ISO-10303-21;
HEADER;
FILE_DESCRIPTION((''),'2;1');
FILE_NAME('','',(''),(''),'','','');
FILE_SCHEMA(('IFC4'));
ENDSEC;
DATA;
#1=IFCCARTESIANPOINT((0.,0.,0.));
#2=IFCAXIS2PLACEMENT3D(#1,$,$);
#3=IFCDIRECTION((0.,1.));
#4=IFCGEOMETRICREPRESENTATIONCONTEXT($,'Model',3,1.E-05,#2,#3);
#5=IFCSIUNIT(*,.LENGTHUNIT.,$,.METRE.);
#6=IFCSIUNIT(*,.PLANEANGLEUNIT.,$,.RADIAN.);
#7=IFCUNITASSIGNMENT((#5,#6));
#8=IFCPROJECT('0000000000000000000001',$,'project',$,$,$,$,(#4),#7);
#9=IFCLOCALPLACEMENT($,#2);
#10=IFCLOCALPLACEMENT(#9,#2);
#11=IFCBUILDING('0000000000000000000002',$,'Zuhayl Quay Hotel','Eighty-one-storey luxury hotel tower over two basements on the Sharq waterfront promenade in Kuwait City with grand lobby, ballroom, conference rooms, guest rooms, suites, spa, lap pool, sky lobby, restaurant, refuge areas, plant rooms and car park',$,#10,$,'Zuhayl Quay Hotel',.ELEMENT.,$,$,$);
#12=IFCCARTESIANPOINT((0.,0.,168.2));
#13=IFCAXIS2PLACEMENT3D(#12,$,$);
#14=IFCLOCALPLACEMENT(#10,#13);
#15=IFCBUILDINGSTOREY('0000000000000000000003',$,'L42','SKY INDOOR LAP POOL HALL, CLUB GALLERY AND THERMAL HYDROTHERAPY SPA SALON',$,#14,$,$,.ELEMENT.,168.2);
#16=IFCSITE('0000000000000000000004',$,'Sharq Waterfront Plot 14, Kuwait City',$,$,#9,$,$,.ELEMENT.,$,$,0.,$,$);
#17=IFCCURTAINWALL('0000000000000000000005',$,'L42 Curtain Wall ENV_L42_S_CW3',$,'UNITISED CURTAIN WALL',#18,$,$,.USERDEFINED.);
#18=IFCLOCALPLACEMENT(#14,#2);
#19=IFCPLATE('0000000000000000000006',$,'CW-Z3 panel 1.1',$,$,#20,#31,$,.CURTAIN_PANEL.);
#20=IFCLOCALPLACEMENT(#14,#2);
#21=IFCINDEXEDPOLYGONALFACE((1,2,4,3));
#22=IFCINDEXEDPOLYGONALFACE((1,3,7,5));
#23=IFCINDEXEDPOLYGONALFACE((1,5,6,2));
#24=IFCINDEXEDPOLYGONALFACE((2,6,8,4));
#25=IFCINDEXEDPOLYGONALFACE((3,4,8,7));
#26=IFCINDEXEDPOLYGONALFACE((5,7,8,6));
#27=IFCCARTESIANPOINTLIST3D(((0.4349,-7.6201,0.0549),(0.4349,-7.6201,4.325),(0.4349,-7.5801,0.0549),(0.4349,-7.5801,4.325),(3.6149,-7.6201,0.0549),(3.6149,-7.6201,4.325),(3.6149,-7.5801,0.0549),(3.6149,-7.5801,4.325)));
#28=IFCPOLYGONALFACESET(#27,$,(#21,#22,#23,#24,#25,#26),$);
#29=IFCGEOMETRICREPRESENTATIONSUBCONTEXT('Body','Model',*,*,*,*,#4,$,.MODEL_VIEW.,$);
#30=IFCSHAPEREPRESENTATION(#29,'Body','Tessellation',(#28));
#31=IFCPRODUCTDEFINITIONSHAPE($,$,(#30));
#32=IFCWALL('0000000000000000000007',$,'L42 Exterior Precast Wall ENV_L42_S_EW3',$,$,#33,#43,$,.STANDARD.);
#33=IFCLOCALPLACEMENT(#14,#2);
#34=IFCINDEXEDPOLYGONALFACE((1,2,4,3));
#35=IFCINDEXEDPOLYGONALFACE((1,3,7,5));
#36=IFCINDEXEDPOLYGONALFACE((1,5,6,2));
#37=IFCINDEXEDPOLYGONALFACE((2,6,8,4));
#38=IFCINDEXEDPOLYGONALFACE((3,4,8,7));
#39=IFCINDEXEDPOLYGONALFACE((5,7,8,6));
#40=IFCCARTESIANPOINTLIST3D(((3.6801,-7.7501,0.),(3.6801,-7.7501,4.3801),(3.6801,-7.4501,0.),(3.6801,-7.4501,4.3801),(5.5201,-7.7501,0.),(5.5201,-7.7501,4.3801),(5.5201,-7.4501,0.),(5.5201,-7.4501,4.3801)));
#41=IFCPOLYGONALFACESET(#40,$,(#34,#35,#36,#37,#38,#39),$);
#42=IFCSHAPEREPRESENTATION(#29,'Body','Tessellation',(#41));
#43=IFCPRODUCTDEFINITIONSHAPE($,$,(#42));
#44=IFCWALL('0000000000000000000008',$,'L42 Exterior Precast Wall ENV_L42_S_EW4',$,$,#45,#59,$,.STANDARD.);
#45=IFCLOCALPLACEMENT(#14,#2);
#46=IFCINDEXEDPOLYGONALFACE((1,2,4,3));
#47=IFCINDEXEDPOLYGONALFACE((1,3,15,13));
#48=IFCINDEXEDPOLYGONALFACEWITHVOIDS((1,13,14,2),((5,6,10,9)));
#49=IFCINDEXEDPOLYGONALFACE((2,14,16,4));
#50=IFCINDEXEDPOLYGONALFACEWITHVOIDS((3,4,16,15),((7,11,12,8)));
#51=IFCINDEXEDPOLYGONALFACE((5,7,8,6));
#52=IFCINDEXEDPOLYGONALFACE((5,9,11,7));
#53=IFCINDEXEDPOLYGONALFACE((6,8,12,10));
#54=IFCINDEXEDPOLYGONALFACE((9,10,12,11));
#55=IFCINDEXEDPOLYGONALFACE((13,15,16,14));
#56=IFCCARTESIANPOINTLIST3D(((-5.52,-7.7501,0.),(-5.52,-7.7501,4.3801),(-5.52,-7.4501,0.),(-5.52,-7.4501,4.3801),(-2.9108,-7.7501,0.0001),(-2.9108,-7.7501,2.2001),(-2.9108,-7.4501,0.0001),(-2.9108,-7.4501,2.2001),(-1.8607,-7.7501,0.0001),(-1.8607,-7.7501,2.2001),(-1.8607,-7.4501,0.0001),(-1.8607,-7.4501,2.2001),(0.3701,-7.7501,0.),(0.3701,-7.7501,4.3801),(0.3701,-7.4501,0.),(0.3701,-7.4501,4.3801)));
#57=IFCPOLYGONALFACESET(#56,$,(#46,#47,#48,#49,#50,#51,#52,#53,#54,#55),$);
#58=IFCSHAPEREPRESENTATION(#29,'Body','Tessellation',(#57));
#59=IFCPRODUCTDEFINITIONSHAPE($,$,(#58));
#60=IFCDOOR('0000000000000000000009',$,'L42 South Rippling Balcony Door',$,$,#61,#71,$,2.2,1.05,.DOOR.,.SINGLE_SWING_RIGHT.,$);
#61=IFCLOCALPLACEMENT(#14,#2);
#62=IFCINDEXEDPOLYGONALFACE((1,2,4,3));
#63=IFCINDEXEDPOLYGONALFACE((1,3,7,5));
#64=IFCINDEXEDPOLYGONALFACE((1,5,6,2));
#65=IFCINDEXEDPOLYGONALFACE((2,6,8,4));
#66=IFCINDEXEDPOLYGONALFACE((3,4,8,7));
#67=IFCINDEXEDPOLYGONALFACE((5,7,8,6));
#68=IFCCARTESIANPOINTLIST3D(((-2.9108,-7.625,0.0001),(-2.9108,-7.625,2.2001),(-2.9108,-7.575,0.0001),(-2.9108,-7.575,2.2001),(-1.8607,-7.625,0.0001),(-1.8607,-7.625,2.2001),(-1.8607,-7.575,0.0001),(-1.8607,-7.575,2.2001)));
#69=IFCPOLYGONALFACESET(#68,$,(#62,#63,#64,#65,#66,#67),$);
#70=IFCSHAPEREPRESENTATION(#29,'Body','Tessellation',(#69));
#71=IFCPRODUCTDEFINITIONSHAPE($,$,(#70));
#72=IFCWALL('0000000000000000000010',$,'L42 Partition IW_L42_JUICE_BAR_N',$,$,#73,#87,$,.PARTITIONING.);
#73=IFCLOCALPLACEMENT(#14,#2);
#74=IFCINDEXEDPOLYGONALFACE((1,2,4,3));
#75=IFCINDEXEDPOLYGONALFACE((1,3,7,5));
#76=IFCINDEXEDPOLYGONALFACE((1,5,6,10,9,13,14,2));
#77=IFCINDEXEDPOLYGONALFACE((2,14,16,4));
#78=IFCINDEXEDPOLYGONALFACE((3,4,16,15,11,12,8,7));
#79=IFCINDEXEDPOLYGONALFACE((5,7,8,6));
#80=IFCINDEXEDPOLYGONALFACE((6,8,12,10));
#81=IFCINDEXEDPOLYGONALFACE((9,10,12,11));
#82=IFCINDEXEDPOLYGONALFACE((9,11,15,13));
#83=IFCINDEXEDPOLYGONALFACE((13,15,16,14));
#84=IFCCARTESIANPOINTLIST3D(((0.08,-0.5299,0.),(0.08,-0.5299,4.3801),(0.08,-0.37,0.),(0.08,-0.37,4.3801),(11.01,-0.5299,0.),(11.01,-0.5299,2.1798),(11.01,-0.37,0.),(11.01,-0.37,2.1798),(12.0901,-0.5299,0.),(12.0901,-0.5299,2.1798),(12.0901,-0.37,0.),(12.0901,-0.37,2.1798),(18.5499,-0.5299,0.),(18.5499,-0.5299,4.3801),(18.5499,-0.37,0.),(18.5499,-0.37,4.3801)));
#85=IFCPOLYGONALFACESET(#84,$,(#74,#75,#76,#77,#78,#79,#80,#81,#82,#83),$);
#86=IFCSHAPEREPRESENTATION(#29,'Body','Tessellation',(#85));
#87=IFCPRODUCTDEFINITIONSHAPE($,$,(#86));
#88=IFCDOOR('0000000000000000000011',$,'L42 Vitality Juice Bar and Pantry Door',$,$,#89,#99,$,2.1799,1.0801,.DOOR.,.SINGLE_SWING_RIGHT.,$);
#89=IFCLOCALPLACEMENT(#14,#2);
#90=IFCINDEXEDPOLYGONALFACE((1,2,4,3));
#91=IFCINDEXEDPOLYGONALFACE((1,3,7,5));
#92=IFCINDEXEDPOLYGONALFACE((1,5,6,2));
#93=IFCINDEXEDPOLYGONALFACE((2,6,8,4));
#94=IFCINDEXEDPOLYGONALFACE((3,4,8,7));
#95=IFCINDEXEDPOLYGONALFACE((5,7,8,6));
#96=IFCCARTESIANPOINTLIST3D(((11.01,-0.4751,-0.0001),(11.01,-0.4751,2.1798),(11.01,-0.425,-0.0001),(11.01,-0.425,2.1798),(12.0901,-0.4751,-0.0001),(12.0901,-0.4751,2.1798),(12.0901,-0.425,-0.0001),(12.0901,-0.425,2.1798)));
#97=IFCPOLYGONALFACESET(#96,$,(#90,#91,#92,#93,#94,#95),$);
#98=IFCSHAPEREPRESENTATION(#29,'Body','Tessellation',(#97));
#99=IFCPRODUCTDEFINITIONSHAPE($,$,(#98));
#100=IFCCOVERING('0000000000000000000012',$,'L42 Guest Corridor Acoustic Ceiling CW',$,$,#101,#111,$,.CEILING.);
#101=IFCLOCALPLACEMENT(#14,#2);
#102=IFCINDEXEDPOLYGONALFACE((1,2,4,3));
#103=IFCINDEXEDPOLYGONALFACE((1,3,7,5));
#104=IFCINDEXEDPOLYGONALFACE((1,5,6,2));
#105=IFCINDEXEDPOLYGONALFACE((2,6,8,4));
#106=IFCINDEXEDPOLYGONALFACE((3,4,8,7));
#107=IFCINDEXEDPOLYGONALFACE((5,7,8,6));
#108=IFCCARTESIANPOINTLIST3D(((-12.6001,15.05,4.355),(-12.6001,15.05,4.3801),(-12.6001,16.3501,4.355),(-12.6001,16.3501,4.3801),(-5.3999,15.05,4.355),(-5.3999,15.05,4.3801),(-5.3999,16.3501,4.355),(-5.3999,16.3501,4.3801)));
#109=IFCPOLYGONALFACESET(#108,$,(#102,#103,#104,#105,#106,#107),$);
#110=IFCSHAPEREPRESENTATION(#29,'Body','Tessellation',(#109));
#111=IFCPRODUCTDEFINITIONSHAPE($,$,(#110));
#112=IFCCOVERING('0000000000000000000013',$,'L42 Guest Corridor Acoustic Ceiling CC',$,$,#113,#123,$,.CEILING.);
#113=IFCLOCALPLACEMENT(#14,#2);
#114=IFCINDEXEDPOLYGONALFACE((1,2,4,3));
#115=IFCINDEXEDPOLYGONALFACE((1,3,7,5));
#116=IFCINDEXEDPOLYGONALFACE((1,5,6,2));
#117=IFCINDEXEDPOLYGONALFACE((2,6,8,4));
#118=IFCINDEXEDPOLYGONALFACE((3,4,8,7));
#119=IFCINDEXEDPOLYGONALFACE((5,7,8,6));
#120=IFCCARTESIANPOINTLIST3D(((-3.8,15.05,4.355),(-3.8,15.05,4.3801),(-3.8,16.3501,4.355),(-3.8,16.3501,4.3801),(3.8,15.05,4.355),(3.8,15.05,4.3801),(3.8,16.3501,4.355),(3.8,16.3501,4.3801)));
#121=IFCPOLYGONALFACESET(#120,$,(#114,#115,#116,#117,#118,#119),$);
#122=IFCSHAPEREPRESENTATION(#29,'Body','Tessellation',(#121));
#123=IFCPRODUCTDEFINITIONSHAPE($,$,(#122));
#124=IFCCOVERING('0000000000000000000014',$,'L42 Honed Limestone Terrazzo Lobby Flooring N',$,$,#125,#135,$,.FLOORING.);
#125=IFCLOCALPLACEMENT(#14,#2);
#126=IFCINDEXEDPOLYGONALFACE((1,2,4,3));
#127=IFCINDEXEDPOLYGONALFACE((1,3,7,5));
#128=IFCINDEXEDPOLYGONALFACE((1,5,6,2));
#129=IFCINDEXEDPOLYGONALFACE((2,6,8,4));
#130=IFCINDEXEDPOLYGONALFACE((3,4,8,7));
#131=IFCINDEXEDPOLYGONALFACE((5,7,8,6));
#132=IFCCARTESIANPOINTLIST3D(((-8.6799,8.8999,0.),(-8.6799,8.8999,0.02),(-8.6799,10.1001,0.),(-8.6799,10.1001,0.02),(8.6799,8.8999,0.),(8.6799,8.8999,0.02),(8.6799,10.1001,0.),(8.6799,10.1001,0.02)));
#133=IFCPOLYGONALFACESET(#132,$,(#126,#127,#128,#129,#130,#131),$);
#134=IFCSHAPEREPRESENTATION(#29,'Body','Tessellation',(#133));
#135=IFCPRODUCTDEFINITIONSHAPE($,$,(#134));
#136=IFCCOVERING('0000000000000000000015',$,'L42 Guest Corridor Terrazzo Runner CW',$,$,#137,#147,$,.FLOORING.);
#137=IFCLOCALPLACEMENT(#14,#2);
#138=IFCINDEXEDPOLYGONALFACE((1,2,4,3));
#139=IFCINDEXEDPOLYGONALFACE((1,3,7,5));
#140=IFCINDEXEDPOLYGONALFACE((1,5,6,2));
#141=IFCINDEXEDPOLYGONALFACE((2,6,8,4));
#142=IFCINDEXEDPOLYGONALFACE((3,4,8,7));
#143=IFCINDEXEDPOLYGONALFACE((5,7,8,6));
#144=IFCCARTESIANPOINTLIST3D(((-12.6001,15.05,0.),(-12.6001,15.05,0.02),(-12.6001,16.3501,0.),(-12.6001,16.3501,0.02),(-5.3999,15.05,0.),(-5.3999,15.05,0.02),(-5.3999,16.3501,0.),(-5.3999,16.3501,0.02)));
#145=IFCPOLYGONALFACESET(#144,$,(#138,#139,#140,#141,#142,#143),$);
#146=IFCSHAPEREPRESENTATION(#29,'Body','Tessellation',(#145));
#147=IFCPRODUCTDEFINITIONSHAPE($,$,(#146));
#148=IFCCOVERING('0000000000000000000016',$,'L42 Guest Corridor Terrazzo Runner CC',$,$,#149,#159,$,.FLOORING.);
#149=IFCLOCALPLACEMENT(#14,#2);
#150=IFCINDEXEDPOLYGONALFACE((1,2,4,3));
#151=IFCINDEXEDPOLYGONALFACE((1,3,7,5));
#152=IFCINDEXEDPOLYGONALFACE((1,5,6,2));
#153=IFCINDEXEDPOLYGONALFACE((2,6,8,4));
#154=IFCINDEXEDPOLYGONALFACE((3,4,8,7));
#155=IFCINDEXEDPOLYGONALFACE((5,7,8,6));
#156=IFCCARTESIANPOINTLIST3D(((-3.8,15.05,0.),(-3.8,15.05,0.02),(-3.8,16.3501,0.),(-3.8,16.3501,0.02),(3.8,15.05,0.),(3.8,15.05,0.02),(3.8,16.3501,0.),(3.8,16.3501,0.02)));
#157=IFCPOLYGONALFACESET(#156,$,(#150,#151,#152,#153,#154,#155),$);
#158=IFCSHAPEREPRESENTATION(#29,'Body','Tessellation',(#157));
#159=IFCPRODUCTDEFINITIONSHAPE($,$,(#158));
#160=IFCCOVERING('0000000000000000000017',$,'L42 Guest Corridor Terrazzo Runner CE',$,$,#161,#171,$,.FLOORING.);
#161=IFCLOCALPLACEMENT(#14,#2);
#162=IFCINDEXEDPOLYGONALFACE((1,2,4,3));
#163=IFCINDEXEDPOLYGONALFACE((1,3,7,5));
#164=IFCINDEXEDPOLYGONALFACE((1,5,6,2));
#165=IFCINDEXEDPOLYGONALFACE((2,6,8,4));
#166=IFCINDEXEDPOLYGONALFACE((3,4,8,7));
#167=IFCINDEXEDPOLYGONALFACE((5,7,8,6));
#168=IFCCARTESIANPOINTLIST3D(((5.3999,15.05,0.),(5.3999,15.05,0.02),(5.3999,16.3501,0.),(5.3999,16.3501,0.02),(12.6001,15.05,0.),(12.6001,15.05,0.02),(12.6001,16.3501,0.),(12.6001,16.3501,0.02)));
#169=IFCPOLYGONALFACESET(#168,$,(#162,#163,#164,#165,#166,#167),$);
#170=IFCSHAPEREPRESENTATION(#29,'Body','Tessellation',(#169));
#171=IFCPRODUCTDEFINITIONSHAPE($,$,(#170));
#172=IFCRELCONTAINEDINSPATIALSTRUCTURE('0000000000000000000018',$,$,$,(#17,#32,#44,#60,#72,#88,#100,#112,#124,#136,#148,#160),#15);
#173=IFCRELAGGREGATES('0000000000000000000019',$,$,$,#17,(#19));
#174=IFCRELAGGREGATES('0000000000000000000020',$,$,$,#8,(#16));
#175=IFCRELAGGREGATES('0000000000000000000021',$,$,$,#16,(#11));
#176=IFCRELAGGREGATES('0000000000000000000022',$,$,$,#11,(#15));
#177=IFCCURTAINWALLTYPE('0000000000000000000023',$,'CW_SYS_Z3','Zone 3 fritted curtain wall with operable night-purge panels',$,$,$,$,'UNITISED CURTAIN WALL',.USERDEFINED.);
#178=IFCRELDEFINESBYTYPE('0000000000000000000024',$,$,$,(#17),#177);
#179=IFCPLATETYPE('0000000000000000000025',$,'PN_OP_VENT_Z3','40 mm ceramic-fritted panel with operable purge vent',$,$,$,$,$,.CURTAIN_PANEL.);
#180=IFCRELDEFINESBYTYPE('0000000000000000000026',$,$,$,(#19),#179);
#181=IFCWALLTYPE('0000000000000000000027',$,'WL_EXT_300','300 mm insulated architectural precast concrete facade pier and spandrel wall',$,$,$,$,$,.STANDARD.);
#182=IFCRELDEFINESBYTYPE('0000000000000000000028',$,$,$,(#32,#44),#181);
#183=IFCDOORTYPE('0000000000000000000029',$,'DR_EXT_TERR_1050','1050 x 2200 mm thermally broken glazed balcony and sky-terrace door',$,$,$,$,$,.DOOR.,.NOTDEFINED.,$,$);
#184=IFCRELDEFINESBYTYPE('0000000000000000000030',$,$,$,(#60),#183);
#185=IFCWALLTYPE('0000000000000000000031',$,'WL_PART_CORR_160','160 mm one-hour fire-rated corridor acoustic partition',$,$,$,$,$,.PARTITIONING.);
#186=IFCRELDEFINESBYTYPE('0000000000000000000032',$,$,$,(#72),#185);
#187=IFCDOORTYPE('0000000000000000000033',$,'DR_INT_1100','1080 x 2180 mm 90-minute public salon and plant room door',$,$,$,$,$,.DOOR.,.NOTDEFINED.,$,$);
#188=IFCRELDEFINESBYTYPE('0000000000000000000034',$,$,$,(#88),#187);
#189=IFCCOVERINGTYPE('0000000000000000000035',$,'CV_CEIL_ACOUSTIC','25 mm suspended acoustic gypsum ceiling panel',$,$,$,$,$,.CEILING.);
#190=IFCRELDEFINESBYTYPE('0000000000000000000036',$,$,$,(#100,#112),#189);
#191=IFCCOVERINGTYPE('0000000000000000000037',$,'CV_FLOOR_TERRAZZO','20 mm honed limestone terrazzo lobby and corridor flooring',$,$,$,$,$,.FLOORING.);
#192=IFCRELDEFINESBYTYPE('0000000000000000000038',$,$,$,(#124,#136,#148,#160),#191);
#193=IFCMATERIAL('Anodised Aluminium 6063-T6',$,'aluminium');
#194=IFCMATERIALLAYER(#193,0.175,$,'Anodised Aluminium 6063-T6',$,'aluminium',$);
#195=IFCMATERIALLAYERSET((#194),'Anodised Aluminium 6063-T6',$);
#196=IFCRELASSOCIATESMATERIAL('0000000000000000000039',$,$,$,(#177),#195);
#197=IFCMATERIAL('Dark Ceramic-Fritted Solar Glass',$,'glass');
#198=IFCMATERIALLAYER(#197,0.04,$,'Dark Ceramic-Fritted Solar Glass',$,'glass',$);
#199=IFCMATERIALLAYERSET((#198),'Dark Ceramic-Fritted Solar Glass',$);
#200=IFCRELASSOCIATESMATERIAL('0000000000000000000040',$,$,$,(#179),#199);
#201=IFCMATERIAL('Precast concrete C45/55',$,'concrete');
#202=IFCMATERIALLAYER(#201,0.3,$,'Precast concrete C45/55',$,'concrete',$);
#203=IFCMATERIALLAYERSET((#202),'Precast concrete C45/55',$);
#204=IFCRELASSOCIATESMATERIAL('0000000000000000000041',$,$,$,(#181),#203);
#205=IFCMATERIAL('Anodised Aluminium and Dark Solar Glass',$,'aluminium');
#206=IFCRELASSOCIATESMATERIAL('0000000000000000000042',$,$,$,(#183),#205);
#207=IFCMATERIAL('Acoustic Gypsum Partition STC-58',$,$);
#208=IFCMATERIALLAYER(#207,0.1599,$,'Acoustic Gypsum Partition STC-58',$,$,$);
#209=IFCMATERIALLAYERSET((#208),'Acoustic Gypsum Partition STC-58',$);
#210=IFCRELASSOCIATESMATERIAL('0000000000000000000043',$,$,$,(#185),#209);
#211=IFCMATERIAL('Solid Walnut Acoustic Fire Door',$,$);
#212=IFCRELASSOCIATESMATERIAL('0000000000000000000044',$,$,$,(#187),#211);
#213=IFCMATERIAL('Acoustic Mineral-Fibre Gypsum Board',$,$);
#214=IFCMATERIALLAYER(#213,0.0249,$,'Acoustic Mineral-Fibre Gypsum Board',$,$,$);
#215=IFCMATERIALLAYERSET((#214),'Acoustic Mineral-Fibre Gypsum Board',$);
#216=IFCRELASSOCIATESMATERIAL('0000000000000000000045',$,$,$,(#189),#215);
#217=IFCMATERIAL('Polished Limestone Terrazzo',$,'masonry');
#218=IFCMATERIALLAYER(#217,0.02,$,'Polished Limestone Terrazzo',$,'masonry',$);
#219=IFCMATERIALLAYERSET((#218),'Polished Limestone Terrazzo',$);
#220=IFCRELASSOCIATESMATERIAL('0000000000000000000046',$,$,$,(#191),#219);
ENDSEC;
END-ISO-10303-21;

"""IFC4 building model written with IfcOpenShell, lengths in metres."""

from ifc_helpers import new_model, si_unit, direction, frame, frame_2d, origin, origin_2d, place, context, subcontext, project, spatial, polyline, rectangle, outline, extrude, material, layer, layer_set, type_object, element, fill, aggregate, save


model = new_model("IFC4")

# Units and contexts
model_context = context("Model", 3, precision=1e-05, world=origin(), true_north=direction((0.0, 1.0)))
body_context = subcontext(model_context, "Body", "Model", "MODEL_VIEW")
ifc_project = project(units=[si_unit("LENGTHUNIT", "METRE"), si_unit("PLANEANGLEUNIT", "RADIAN")], contexts=[model_context])

# Site, building, storey
site_placement = place(None, origin())
site = spatial("IfcSite", under=ifc_project, at=site_placement, Name="Sharq Waterfront Plot 14, Kuwait City", CompositionType="ELEMENT", RefElevation=0.0)
building_placement = place(site_placement, origin())
building = spatial("IfcBuilding", under=site, at=building_placement, Name="Zuhayl Quay Hotel", Description="Eighty-one-storey luxury hotel tower over two basements on the Sharq waterfront promenade in Kuwait City with grand lobby, ballroom, conference rooms, guest rooms, suites, spa, lap pool, sky lobby, restaurant, refuge areas, plant rooms and car park", LongName="Zuhayl Quay Hotel", CompositionType="ELEMENT")
storey_placement = place(building_placement, frame((0.0, 0.0, 168.2)))
storey = spatial("IfcBuildingStorey", under=building, at=storey_placement, Name="L42", Description="SKY INDOOR LAP POOL HALL, CLUB GALLERY AND THERMAL HYDROTHERAPY SPA SALON", CompositionType="ELEMENT", Elevation=168.2)

# Shared definitions
ifc_material_1 = material(Name="Anodised Aluminium 6063-T6", Category="aluminium")
ifc_layer_1 = layer(ifc_material_1, 0.175, Name="Anodised Aluminium 6063-T6", Category="aluminium")
ifc_layer_set_1 = layer_set([ifc_layer_1], Name="Anodised Aluminium 6063-T6")
curtain_wall_type = type_object("IfcCurtainWallType", Name="CW_SYS_Z3", Description="Zone 3 fritted curtain wall with operable night-purge panels", ElementType="UNITISED CURTAIN WALL", PredefinedType="USERDEFINED", material=ifc_layer_set_1)

# Curtain wall
curtain_wall_1_placement = place(storey_placement, origin())
curtain_wall_1 = element("IfcCurtainWall", 1, at=curtain_wall_1_placement, inside=storey, type_object=curtain_wall_type, Name="L42 Curtain Wall ENV_L42_S_CW3", ObjectType="UNITISED CURTAIN WALL", PredefinedType="USERDEFINED")

# Plate
ifc_material_2 = material(Name="Dark Ceramic-Fritted Solar Glass", Category="glass")
ifc_layer_2 = layer(ifc_material_2, 0.04, Name="Dark Ceramic-Fritted Solar Glass", Category="glass")
ifc_layer_set_2 = layer_set([ifc_layer_2], Name="Dark Ceramic-Fritted Solar Glass")
plate_type = type_object("IfcPlateType", Name="PN_OP_VENT_Z3", Description="40 mm ceramic-fritted panel with operable purge vent", PredefinedType="CURTAIN_PANEL", material=ifc_layer_set_2)
plate_1_placement = place(storey_placement, frame((2.0249, -7.6001, 0.0549), z_axis=(0.0, 0.0, 1.0), x_axis=(-1.0, 0.0, 0.0)))
plate_1 = element("IfcPlate", 2, at=plate_1_placement, type_object=plate_type, Name="CW-Z3 panel 1.1", PredefinedType="CURTAIN_PANEL", context=body_context, shape_type="SweptSolid", body=[
    extrude(rectangle(XDim=3.1799, YDim=0.04, at=origin_2d()), origin(), (0.0, 0.0, 1.0), 4.27),
])
aggregate(curtain_wall_1, [plate_1])

# Wall
ifc_material_3 = material(Name="Precast concrete C45/55", Category="concrete")
ifc_layer_3 = layer(ifc_material_3, 0.3, Name="Precast concrete C45/55", Category="concrete")
ifc_layer_set_3 = layer_set([ifc_layer_3], Name="Precast concrete C45/55")
wall_type_1 = type_object("IfcWallType", Name="WL_EXT_300", Description="300 mm insulated architectural precast concrete facade pier and spandrel wall", PredefinedType="STANDARD", material=ifc_layer_set_3)
wall_1_placement = place(storey_placement, frame((5.52, -7.6001, 0.0), z_axis=(0.0, 0.0, 1.0), x_axis=(-1.0, 0.0, 0.0)))
element("IfcWall", 3, at=wall_1_placement, inside=storey, type_object=wall_type_1, Name="L42 Exterior Precast Wall ENV_L42_S_EW3", PredefinedType="STANDARD", context=body_context, shape_type="SweptSolid", body=[
    extrude(rectangle(XDim=1.8401, YDim=0.3, at=frame_2d((0.9199, 0.0))), origin(), (0.0, 0.0, 1.0), 4.3801),
])

# Walls, openings, doors
wall_2_placement = place(storey_placement, frame((0.3701, -7.6001, 0.0), z_axis=(0.0, 0.0, 1.0), x_axis=(-1.0, 0.0, 0.0)))
wall_2 = element("IfcWall", 4, at=wall_2_placement, inside=storey, type_object=wall_type_1, Name="L42 Exterior Precast Wall ENV_L42_S_EW4", PredefinedType="STANDARD", context=body_context, shape_type="SweptSolid", body=[
    extrude(rectangle(XDim=5.8901, YDim=0.3, at=frame_2d((2.9451, 0.0))), origin(), (0.0, 0.0, 1.0), 4.3801),
])
opening_1_placement = place(wall_2_placement, frame((2.231, 0.0, 0.0)))
opening_1 = element("IfcOpeningElement", 5, at=opening_1_placement, cuts=wall_2, PredefinedType="OPENING", context=body_context, shape_type="SweptSolid", body=[
    extrude(rectangle(XDim=1.05, YDim=2.2, at=frame_2d((0.5249, 1.1001))), frame((0.0, 0.1599, 0.0), z_axis=(0.0, -1.0, 0.0), x_axis=(1.0, 0.0, 0.0)), (0.0, 0.0, 1.0), 0.3201),
])
ifc_material_4 = material(Name="Anodised Aluminium and Dark Solar Glass", Category="aluminium")
door_type_1 = type_object("IfcDoorType", Name="DR_EXT_TERR_1050", Description="1050 x 2200 mm thermally broken glazed balcony and sky-terrace door", OperationType="NOTDEFINED", PredefinedType="DOOR", material=ifc_material_4)
door_1_placement = place(opening_1_placement, origin())
door_1 = element("IfcDoor", 6, at=door_1_placement, inside=storey, type_object=door_type_1, Name="L42 South Rippling Balcony Door", OperationType="SINGLE_SWING_RIGHT", OverallHeight=2.2, OverallWidth=1.05, PredefinedType="DOOR", context=body_context, shape_type="SweptSolid", body=[
    extrude(rectangle(XDim=1.05, YDim=2.2, at=frame_2d((0.5249, 1.1001))), frame((0.0, 0.0249, 0.0), z_axis=(0.0, -1.0, 0.0), x_axis=(1.0, 0.0, 0.0)), (0.0, 0.0, 1.0), 0.05),
])
fill(opening_1, door_1)
ifc_material_5 = material(Name="Acoustic Gypsum Partition STC-58")
ifc_layer_4 = layer(ifc_material_5, 0.1599, Name="Acoustic Gypsum Partition STC-58")
ifc_layer_set_4 = layer_set([ifc_layer_4], Name="Acoustic Gypsum Partition STC-58")
wall_type_2 = type_object("IfcWallType", Name="WL_PART_CORR_160", Description="160 mm one-hour fire-rated corridor acoustic partition", PredefinedType="PARTITIONING", material=ifc_layer_set_4)
wall_3_placement = place(storey_placement, frame((0.0801, -0.45, 0.0), z_axis=(0.0, 0.0, 1.0), x_axis=(1.0, 0.0, 0.0)))
wall_3 = element("IfcWall", 7, at=wall_3_placement, inside=storey, type_object=wall_type_2, Name="L42 Partition IW_L42_JUICE_BAR_N", PredefinedType="PARTITIONING", context=body_context, shape_type="SweptSolid", body=[
    extrude(rectangle(XDim=18.47, YDim=0.1599, at=frame_2d((9.2349, 0.0))), origin(), (0.0, 0.0, 1.0), 4.3801),
])
opening_2_placement = place(wall_3_placement, frame((10.9299, 0.0, 0.0)))
opening_2 = element("IfcOpeningElement", 8, at=opening_2_placement, cuts=wall_3, PredefinedType="OPENING", context=body_context, shape_type="SweptSolid", body=[
    extrude(rectangle(XDim=1.0801, YDim=2.1799, at=frame_2d((0.54, 1.0898))), frame((0.0, 0.0898, 0.0), z_axis=(0.0, -1.0, 0.0), x_axis=(1.0, 0.0, 0.0)), (0.0, 0.0, 1.0), 0.1799),
])
ifc_material_6 = material(Name="Solid Walnut Acoustic Fire Door")
door_type_2 = type_object("IfcDoorType", Name="DR_INT_1100", Description="1080 x 2180 mm 90-minute public salon and plant room door", OperationType="NOTDEFINED", PredefinedType="DOOR", material=ifc_material_6)
door_2_placement = place(opening_2_placement, origin())
door_2 = element("IfcDoor", 9, at=door_2_placement, inside=storey, type_object=door_type_2, Name="L42 Vitality Juice Bar and Pantry Door", OperationType="SINGLE_SWING_RIGHT", OverallHeight=2.1799, OverallWidth=1.0801, PredefinedType="DOOR", context=body_context, shape_type="SweptSolid", body=[
    extrude(rectangle(XDim=1.0801, YDim=2.1799, at=frame_2d((0.54, 1.0898))), frame((0.0, 0.0249, 0.0), z_axis=(0.0, -1.0, 0.0), x_axis=(1.0, 0.0, 0.0)), (0.0, 0.0, 1.0), 0.05),
])
fill(opening_2, door_2)

# Coverings
ifc_material_7 = material(Name="Acoustic Mineral-Fibre Gypsum Board")
ifc_layer_5 = layer(ifc_material_7, 0.0249, Name="Acoustic Mineral-Fibre Gypsum Board")
ifc_layer_set_5 = layer_set([ifc_layer_5], Name="Acoustic Mineral-Fibre Gypsum Board")
covering_type_1 = type_object("IfcCoveringType", Name="CV_CEIL_ACOUSTIC", Description="25 mm suspended acoustic gypsum ceiling panel", PredefinedType="CEILING", material=ifc_layer_set_5)
covering_1_placement = place(storey_placement, frame((0.0, 0.0, 4.355)))
element("IfcCovering", 10, at=covering_1_placement, inside=storey, type_object=covering_type_1, Name="L42 Guest Corridor Acoustic Ceiling CW", PredefinedType="CEILING", context=body_context, shape_type="SweptSolid", body=[
    extrude(outline(polyline([(-12.6001, 15.05), (-5.3999, 15.05), (-5.3999, 16.3501), (-12.6001, 16.3501), (-12.6001, 15.05)])), origin(), (0.0, 0.0, 1.0), 0.0251),
])
covering_2_placement = place(storey_placement, frame((0.0, 0.0, 4.355)))
element("IfcCovering", 11, at=covering_2_placement, inside=storey, type_object=covering_type_1, Name="L42 Guest Corridor Acoustic Ceiling CC", PredefinedType="CEILING", context=body_context, shape_type="SweptSolid", body=[
    extrude(outline(polyline([(-3.8, 15.05), (3.8, 15.05), (3.8, 16.3501), (-3.8, 16.3501), (-3.8, 15.05)])), origin(), (0.0, 0.0, 1.0), 0.0251),
])
ifc_material_8 = material(Name="Polished Limestone Terrazzo", Category="masonry")
ifc_layer_6 = layer(ifc_material_8, 0.02, Name="Polished Limestone Terrazzo", Category="masonry")
ifc_layer_set_6 = layer_set([ifc_layer_6], Name="Polished Limestone Terrazzo")
covering_type_2 = type_object("IfcCoveringType", Name="CV_FLOOR_TERRAZZO", Description="20 mm honed limestone terrazzo lobby and corridor flooring", PredefinedType="FLOORING", material=ifc_layer_set_6)
covering_3_placement = place(storey_placement, origin())
element("IfcCovering", 12, at=covering_3_placement, inside=storey, type_object=covering_type_2, Name="L42 Honed Limestone Terrazzo Lobby Flooring N", PredefinedType="FLOORING", context=body_context, shape_type="SweptSolid", body=[
    extrude(outline(polyline([(-8.6799, 8.8999), (8.6799, 8.8999), (8.6799, 10.1001), (-8.6799, 10.1001), (-8.6799, 8.8999)])), origin(), (0.0, 0.0, 1.0), 0.02),
])
covering_4_placement = place(storey_placement, origin())
element("IfcCovering", 13, at=covering_4_placement, inside=storey, type_object=covering_type_2, Name="L42 Guest Corridor Terrazzo Runner CW", PredefinedType="FLOORING", context=body_context, shape_type="SweptSolid", body=[
    extrude(outline(polyline([(-12.6001, 15.05), (-5.3999, 15.05), (-5.3999, 16.3501), (-12.6001, 16.3501), (-12.6001, 15.05)])), origin(), (0.0, 0.0, 1.0), 0.02),
])
covering_5_placement = place(storey_placement, origin())
element("IfcCovering", 14, at=covering_5_placement, inside=storey, type_object=covering_type_2, Name="L42 Guest Corridor Terrazzo Runner CC", PredefinedType="FLOORING", context=body_context, shape_type="SweptSolid", body=[
    extrude(outline(polyline([(-3.8, 15.05), (3.8, 15.05), (3.8, 16.3501), (-3.8, 16.3501), (-3.8, 15.05)])), origin(), (0.0, 0.0, 1.0), 0.02),
])
covering_6_placement = place(storey_placement, origin())
element("IfcCovering", 15, at=covering_6_placement, inside=storey, type_object=covering_type_2, Name="L42 Guest Corridor Terrazzo Runner CE", PredefinedType="FLOORING", context=body_context, shape_type="SweptSolid", body=[
    extrude(outline(polyline([(5.3999, 15.05), (12.6001, 15.05), (12.6001, 16.3501), (5.3999, 16.3501), (5.3999, 15.05)])), origin(), (0.0, 0.0, 1.0), 0.02),
])

save(model, "model.ifc")
